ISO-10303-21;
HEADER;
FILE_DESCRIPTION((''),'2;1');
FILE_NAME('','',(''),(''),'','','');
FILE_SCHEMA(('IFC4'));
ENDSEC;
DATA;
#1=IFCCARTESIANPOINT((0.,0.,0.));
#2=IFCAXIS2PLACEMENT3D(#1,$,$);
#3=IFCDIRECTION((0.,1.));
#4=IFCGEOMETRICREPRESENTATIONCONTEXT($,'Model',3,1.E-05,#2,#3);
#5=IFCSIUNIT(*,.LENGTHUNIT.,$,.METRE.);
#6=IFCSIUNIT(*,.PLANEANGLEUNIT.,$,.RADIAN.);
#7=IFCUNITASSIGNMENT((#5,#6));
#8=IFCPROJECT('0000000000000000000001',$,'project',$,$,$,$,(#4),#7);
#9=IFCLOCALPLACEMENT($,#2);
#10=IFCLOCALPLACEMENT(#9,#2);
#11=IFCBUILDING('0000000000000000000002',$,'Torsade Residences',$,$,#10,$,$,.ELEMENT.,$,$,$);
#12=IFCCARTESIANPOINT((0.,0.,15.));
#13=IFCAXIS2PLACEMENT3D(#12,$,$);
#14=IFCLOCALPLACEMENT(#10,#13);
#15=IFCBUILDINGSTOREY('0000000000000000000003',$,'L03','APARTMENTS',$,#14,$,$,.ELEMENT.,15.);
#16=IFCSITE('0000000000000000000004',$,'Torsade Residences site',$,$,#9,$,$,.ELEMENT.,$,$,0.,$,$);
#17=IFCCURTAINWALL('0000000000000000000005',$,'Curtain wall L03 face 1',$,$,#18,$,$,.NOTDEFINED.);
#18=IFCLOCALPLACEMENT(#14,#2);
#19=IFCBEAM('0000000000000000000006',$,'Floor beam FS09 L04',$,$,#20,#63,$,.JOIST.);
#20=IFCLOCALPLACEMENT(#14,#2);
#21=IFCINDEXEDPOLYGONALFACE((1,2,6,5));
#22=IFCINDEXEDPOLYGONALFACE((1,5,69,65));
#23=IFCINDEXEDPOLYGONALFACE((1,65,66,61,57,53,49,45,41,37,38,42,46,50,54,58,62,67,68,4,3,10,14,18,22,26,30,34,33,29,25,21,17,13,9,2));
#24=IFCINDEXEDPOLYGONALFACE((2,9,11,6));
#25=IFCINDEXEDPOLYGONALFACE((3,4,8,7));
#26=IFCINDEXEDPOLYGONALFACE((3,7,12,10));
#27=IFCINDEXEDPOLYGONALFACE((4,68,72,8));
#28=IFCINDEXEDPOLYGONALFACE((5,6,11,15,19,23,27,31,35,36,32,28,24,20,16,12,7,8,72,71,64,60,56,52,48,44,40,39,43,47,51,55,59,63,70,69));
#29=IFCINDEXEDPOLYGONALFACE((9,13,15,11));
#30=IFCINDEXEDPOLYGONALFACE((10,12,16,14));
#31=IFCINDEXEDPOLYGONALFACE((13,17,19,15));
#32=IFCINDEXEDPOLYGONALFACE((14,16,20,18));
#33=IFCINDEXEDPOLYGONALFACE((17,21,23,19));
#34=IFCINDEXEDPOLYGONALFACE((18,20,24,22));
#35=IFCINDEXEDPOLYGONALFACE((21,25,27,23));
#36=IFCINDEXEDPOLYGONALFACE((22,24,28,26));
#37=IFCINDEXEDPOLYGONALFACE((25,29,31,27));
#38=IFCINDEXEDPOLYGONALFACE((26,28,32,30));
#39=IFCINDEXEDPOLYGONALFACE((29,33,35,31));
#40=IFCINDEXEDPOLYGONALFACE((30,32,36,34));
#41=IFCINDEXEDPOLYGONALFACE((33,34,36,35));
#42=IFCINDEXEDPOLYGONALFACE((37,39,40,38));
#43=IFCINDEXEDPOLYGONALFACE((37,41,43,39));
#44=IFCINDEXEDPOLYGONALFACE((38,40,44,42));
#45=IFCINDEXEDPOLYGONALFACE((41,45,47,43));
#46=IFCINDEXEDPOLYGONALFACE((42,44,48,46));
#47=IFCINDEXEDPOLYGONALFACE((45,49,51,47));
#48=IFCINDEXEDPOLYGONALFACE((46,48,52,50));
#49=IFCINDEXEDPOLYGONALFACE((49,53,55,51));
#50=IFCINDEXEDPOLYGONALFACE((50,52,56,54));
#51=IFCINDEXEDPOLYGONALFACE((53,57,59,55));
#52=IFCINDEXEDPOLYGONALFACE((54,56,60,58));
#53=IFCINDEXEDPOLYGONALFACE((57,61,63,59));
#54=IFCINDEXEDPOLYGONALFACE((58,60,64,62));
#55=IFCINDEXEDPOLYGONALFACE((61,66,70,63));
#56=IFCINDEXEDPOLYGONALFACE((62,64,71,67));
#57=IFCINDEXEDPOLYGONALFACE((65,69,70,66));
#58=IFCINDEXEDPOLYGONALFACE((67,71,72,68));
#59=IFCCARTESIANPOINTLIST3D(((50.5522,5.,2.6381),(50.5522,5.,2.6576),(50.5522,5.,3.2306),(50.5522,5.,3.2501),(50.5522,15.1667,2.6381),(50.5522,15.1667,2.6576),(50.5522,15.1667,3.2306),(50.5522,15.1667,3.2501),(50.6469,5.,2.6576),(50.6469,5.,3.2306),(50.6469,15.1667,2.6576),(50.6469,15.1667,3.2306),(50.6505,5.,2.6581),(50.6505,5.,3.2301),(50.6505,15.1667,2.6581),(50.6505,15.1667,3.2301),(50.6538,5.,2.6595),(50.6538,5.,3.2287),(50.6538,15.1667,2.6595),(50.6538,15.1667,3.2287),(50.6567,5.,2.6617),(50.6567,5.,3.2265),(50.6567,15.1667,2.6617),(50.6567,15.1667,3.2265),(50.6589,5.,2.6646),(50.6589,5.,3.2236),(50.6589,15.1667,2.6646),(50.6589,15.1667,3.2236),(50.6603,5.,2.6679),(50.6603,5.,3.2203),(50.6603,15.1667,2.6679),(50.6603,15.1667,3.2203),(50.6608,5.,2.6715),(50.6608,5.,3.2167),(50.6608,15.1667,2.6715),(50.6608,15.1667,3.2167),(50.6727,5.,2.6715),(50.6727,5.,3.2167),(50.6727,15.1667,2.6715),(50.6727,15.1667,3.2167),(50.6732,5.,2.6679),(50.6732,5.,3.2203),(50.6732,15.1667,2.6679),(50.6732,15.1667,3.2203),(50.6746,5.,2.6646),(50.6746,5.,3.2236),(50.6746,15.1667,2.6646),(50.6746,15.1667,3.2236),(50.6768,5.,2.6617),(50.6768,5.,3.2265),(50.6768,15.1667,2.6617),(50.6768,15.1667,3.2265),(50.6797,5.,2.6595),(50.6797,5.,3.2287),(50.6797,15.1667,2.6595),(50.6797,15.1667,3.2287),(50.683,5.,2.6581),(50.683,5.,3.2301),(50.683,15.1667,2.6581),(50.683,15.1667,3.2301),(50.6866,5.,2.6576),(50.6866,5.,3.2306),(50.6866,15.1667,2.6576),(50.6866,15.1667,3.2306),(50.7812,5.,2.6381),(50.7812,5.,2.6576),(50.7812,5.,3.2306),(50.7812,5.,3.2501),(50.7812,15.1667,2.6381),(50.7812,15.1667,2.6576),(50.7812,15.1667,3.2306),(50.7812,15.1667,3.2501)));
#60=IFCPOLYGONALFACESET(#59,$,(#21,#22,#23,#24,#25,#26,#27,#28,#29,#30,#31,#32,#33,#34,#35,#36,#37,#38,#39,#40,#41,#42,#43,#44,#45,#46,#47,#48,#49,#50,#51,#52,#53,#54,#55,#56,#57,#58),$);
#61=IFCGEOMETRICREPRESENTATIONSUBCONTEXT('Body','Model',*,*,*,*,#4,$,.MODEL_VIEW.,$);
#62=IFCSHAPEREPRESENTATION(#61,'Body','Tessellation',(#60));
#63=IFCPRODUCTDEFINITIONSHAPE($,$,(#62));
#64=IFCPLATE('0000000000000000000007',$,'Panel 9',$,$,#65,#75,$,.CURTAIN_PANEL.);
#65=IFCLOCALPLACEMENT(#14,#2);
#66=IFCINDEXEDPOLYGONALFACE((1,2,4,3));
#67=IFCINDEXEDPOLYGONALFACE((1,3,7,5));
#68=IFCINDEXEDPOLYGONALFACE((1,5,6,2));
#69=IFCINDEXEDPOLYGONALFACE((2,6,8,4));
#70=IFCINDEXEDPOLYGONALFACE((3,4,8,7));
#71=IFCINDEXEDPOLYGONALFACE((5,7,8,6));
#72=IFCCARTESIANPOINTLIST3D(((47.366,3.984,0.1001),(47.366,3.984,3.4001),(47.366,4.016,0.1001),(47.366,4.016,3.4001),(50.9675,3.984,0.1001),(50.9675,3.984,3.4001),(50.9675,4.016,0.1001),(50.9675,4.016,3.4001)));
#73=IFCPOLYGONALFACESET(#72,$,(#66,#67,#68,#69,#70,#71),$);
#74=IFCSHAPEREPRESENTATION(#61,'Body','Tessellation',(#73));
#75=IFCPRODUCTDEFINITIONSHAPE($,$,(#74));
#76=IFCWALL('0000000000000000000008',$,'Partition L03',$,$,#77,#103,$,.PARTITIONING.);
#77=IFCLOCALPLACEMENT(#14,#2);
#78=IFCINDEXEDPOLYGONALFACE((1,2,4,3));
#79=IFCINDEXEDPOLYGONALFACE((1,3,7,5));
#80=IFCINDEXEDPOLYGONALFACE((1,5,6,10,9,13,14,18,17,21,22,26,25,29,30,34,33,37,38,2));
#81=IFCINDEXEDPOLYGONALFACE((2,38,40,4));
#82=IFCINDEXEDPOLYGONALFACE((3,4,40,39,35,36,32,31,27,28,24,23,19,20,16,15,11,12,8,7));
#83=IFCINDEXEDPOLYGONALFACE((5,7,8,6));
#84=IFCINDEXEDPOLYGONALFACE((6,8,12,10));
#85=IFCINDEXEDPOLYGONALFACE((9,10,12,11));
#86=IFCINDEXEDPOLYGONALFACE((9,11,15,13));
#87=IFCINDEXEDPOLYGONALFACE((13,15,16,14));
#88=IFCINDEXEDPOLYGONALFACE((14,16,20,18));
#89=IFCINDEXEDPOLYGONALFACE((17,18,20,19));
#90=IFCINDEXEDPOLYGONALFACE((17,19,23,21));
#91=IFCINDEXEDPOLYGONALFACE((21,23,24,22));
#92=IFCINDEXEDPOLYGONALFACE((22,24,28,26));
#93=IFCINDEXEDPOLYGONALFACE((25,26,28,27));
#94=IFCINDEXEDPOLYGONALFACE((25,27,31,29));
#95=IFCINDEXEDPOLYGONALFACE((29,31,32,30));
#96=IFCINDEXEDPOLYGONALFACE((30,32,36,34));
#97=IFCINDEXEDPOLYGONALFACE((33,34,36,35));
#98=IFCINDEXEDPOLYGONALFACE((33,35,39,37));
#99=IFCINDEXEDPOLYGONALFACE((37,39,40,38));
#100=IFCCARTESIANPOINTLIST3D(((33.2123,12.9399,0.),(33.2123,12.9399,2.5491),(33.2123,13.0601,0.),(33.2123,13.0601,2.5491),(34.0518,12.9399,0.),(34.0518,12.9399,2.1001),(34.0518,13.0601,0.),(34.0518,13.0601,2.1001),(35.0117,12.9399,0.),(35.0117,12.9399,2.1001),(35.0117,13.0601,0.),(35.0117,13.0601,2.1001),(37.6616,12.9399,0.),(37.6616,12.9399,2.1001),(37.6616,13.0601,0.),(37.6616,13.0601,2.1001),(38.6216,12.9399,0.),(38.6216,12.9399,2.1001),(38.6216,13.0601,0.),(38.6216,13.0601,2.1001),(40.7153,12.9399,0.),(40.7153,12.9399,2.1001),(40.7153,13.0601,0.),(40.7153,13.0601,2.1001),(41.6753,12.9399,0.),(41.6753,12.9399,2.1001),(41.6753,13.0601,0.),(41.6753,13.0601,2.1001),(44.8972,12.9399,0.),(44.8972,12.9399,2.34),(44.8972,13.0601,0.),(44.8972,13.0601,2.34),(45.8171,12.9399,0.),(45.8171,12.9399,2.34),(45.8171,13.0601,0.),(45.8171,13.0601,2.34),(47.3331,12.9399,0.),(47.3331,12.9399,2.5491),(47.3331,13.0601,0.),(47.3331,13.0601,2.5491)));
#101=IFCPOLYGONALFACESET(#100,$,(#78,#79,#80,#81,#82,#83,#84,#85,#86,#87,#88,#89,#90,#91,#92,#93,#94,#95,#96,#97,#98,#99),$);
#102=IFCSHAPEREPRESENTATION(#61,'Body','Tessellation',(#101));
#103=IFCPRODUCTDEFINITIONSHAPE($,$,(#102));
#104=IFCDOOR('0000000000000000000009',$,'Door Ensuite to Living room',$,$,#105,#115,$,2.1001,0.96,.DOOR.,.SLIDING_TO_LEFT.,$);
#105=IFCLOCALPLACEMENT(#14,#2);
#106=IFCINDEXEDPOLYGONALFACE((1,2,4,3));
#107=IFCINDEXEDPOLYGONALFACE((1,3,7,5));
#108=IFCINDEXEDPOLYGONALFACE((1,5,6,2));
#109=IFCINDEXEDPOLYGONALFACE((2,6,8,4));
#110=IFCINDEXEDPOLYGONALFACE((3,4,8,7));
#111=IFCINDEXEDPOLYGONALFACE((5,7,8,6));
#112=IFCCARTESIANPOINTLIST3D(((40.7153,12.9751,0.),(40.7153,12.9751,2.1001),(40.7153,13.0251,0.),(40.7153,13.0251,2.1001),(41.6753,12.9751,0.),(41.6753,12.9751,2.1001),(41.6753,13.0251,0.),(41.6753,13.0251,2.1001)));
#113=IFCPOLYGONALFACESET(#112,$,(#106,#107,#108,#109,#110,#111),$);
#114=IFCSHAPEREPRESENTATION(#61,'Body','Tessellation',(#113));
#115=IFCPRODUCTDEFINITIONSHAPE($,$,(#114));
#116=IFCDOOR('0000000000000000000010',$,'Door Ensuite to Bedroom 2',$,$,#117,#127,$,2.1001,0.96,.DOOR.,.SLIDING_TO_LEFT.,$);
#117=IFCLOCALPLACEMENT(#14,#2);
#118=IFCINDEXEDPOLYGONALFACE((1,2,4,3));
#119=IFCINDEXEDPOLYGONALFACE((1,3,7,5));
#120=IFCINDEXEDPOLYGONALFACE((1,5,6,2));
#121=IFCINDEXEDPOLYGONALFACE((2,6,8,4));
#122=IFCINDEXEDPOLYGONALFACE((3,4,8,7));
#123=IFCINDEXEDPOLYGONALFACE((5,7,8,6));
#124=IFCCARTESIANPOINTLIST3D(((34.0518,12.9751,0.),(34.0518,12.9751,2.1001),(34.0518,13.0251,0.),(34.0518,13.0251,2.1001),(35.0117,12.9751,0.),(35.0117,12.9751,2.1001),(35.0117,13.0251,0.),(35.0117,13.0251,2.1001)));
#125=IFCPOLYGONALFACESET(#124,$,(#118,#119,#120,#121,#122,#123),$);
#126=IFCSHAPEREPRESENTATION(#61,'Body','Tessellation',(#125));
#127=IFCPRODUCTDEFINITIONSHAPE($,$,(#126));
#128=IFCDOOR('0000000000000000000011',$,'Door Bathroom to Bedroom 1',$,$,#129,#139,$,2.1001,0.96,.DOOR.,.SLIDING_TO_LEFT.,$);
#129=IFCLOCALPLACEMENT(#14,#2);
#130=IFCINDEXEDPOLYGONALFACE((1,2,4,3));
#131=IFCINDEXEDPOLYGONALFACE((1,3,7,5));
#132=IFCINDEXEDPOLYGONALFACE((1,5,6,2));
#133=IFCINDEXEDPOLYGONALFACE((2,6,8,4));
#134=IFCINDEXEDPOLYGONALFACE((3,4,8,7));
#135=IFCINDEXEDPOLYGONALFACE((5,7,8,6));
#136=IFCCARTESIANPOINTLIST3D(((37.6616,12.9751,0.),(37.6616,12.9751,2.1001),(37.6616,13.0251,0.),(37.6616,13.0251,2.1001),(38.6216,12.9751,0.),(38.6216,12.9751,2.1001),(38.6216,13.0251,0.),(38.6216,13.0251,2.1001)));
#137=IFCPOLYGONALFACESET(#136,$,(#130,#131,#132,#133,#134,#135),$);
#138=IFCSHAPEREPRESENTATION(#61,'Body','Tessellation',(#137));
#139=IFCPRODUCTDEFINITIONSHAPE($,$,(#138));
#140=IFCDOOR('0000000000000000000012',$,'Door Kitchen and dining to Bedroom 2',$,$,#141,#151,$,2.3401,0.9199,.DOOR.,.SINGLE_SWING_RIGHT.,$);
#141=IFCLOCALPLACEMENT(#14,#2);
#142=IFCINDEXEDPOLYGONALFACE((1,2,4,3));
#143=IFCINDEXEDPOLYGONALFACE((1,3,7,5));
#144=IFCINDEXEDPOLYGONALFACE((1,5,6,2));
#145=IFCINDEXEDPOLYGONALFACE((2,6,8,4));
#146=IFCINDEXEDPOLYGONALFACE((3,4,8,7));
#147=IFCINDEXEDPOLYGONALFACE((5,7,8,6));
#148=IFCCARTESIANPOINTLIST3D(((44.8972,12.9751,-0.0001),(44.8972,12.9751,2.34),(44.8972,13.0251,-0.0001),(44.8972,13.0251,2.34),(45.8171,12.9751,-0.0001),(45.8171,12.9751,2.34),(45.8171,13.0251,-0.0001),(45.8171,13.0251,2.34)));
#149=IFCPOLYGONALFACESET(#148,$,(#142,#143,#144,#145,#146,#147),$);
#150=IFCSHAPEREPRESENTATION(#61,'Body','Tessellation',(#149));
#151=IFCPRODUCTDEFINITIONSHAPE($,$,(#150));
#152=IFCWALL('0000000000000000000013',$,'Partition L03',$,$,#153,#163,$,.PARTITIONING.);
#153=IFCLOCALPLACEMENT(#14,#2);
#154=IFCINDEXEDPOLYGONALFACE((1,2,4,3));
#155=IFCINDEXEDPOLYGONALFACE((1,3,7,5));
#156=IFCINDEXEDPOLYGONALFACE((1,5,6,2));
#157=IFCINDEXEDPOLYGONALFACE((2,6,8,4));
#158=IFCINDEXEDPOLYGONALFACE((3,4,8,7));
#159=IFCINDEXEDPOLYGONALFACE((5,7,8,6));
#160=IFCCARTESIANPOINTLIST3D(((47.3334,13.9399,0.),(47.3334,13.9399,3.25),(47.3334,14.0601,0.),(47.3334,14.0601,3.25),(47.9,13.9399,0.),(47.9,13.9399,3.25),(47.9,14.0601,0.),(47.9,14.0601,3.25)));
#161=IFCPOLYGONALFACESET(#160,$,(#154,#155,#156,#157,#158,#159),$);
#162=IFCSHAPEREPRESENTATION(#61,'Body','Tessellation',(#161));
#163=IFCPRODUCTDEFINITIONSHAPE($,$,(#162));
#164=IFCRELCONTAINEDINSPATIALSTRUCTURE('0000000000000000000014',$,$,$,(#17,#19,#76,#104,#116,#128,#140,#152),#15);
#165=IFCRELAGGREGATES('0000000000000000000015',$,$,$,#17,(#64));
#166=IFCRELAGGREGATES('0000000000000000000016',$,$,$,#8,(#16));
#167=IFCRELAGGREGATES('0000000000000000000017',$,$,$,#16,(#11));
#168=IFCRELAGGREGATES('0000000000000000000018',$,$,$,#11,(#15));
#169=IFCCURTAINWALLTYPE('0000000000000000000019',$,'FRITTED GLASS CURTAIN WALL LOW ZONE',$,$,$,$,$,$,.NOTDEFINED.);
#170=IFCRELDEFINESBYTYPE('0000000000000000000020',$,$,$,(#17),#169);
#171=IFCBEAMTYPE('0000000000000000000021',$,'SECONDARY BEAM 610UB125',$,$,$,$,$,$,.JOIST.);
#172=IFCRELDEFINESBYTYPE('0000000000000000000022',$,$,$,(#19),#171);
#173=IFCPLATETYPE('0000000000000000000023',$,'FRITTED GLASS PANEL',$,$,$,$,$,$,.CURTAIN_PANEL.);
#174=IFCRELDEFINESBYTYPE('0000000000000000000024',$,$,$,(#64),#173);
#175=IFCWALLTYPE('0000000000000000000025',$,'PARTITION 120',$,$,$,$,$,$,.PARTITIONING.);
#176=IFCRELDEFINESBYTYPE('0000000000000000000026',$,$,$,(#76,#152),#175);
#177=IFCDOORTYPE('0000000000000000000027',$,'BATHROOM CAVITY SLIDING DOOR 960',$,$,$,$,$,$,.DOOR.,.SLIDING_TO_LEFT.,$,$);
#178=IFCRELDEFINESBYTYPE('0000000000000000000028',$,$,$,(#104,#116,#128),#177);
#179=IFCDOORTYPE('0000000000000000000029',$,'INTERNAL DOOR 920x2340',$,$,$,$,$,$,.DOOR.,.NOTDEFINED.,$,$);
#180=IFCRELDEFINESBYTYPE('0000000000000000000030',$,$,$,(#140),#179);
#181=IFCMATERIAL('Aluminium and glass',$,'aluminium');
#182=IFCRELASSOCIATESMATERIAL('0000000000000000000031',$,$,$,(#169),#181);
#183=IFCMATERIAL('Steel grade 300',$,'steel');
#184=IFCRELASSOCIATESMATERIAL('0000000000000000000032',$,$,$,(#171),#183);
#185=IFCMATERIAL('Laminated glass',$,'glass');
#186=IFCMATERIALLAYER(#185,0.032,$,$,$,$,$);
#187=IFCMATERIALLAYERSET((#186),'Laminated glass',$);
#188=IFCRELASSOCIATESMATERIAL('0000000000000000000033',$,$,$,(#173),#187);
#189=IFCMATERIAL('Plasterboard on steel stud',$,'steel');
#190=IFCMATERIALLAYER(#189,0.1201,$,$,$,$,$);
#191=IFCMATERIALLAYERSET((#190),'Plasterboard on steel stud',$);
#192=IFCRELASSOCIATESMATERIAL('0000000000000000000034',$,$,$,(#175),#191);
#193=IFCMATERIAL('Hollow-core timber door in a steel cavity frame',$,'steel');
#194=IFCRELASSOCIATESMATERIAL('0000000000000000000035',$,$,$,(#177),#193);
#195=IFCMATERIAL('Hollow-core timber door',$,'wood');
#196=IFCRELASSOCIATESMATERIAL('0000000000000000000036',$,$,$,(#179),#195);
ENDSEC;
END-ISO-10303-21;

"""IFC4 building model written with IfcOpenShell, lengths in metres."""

from ifc_helpers import new_model, si_unit, direction, frame, frame_2d, origin, origin_2d, place, context, subcontext, project, spatial, rectangle, i_section, extrude, material, layer, layer_set, material_profile, profile_set, type_object, element, fill, aggregate, save


model = new_model("IFC4")

# Units and contexts
model_context = context("Model", 3, precision=1e-05, world=origin(), true_north=direction((0.0, 1.0)))
body_context = subcontext(model_context, "Body", "Model", "MODEL_VIEW")
ifc_project = project(units=[si_unit("LENGTHUNIT", "METRE"), si_unit("PLANEANGLEUNIT", "RADIAN")], contexts=[model_context])

# Site, building, storey
site_placement = place(None, origin())
site = spatial("IfcSite", under=ifc_project, at=site_placement, Name="Torsade Residences site", CompositionType="ELEMENT", RefElevation=0.0)
building_placement = place(site_placement, origin())
building = spatial("IfcBuilding", under=site, at=building_placement, Name="Torsade Residences", CompositionType="ELEMENT")
storey_placement = place(building_placement, frame((0.0, 0.0, 15.0)))
storey = spatial("IfcBuildingStorey", under=building, at=storey_placement, Name="L03", Description="APARTMENTS", CompositionType="ELEMENT", Elevation=15.0)

# Curtain wall
ifc_material_1 = material(Name="Aluminium and glass", Category="aluminium")
curtain_wall_type = type_object("IfcCurtainWallType", Name="FRITTED GLASS CURTAIN WALL LOW ZONE", PredefinedType="NOTDEFINED", material=ifc_material_1)
curtain_wall_placement = place(storey_placement, origin())
curtain_wall = element("IfcCurtainWall", 1, at=curtain_wall_placement, inside=storey, type_object=curtain_wall_type, Name="Curtain wall L03 face 1", PredefinedType="NOTDEFINED")

# Beam
ifc_material_2 = material(Name="Steel grade 300", Category="steel")
ifc_material_profile_1 = material_profile(ifc_material_2, i_section(OverallWidth=0.229, OverallDepth=0.6121, WebThickness=0.012, FlangeThickness=0.0195, FilletRadius=0.0139, at=origin_2d()), Name="610UB125")
ifc_profile_set_1 = profile_set([ifc_material_profile_1], Name="Steel grade 300")
beam_type_1 = type_object("IfcBeamType", Name="SECONDARY BEAM 610UB125", PredefinedType="JOIST", material=ifc_profile_set_1)
beam_1_placement = place(storey_placement, frame((50.6667, 5.0, 2.9441), z_axis=(0.0, 1.0, 0.0), x_axis=(-1.0, 0.0, 0.0)))
element("IfcBeam", 2, at=beam_1_placement, inside=storey, type_object=beam_type_1, Name="Floor beam FS09 L04", PredefinedType="JOIST", context=body_context, shape_type="SweptSolid", body=[
    extrude(i_section(OverallWidth=0.229, OverallDepth=0.6121, WebThickness=0.012, FlangeThickness=0.0195, FilletRadius=0.0139, at=origin_2d()), origin(), (0.0, 0.0, 1.0), 10.1667),
])

# Plate
ifc_material_3 = material(Name="Laminated glass", Category="glass")
ifc_layer_1 = layer(ifc_material_3, 0.032)
ifc_layer_set_1 = layer_set([ifc_layer_1], Name="Laminated glass")
plate_type = type_object("IfcPlateType", Name="FRITTED GLASS PANEL", PredefinedType="CURTAIN_PANEL", material=ifc_layer_set_1)
plate_placement = place(storey_placement, frame((49.1667, 4.0, 0.1001), z_axis=(0.0, 0.0, 1.0), x_axis=(1.0, 0.0, 0.0)))
plate = element("IfcPlate", 3, at=plate_placement, type_object=plate_type, Name="Panel 9", PredefinedType="CURTAIN_PANEL", context=body_context, shape_type="SweptSolid", body=[
    extrude(rectangle(XDim=3.6016, YDim=0.032, at=origin_2d()), origin(), (0.0, 0.0, 1.0), 3.3),
])
aggregate(curtain_wall, [plate])

# Wall, openings, doors
ifc_material_4 = material(Name="Plasterboard on steel stud", Category="steel")
ifc_layer_2 = layer(ifc_material_4, 0.1201)
ifc_layer_set_2 = layer_set([ifc_layer_2], Name="Plasterboard on steel stud")
wall_type_1 = type_object("IfcWallType", Name="PARTITION 120", PredefinedType="PARTITIONING", material=ifc_layer_set_2)
wall_1_placement = place(storey_placement, frame((47.3333, 13.0, 0.0), z_axis=(0.0, 0.0, 1.0), x_axis=(-1.0, 0.0, 0.0)))
wall_1 = element("IfcWall", 4, at=wall_1_placement, inside=storey, type_object=wall_type_1, Name="Partition L03", PredefinedType="PARTITIONING", context=body_context, shape_type="SweptSolid", body=[
    extrude(rectangle(XDim=14.1208, YDim=0.1201, at=frame_2d((7.0605, 0.0))), origin(), (0.0, 0.0, 1.0), 2.5491),
])
opening_1_placement = place(wall_1_placement, frame((1.5161, 0.0, 0.0)))
opening_1 = element("IfcOpeningElement", 5, at=opening_1_placement, cuts=wall_1, PredefinedType="OPENING", context=body_context, shape_type="SweptSolid", body=[
    extrude(rectangle(XDim=0.9199, YDim=2.3401, at=frame_2d((0.46, 1.1699))), frame((0.0, 0.0701, 0.0), z_axis=(0.0, -1.0, 0.0), x_axis=(1.0, 0.0, 0.0)), (0.0, 0.0, 1.0), 0.1401),
])
opening_2_placement = place(wall_1_placement, frame((5.658, 0.0, 0.0)))
opening_2 = element("IfcOpeningElement", 6, at=opening_2_placement, cuts=wall_1, PredefinedType="OPENING", context=body_context, shape_type="SweptSolid", body=[
    extrude(rectangle(XDim=0.96, YDim=2.1001, at=frame_2d((0.48, 1.05))), frame((0.0, 0.0701, 0.0), z_axis=(0.0, -1.0, 0.0), x_axis=(1.0, 0.0, 0.0)), (0.0, 0.0, 1.0), 0.1401),
])
opening_3_placement = place(wall_1_placement, frame((12.3215, 0.0, 0.0)))
opening_3 = element("IfcOpeningElement", 7, at=opening_3_placement, cuts=wall_1, PredefinedType="OPENING", context=body_context, shape_type="SweptSolid", body=[
    extrude(rectangle(XDim=0.96, YDim=2.1001, at=frame_2d((0.48, 1.05))), frame((0.0, 0.0701, 0.0), z_axis=(0.0, -1.0, 0.0), x_axis=(1.0, 0.0, 0.0)), (0.0, 0.0, 1.0), 0.1401),
])
opening_4_placement = place(wall_1_placement, frame((8.7117, 0.0, 0.0)))
opening_4 = element("IfcOpeningElement", 8, at=opening_4_placement, cuts=wall_1, PredefinedType="OPENING", context=body_context, shape_type="SweptSolid", body=[
    extrude(rectangle(XDim=0.96, YDim=2.1001, at=frame_2d((0.48, 1.05))), frame((0.0, 0.0701, 0.0), z_axis=(0.0, -1.0, 0.0), x_axis=(1.0, 0.0, 0.0)), (0.0, 0.0, 1.0), 0.1401),
])
ifc_material_5 = material(Name="Hollow-core timber door in a steel cavity frame", Category="steel")
door_type_1 = type_object("IfcDoorType", Name="BATHROOM CAVITY SLIDING DOOR 960", OperationType="SLIDING_TO_LEFT", PredefinedType="DOOR", material=ifc_material_5)
door_1_placement = place(opening_2_placement, origin())
door_1 = element("IfcDoor", 9, at=door_1_placement, inside=storey, type_object=door_type_1, Name="Door Ensuite to Living room", OperationType="SLIDING_TO_LEFT", OverallHeight=2.1001, OverallWidth=0.96, PredefinedType="DOOR", context=body_context, shape_type="SweptSolid", body=[
    extrude(rectangle(XDim=0.96, YDim=2.1001, at=frame_2d((0.48, 1.05))), frame((0.0, 0.0249, 0.0), z_axis=(0.0, -1.0, 0.0), x_axis=(1.0, 0.0, 0.0)), (0.0, 0.0, 1.0), 0.05),
])
fill(opening_2, door_1)
door_2_placement = place(opening_3_placement, origin())
door_2 = element("IfcDoor", 10, at=door_2_placement, inside=storey, type_object=door_type_1, Name="Door Ensuite to Bedroom 2", OperationType="SLIDING_TO_LEFT", OverallHeight=2.1001, OverallWidth=0.96, PredefinedType="DOOR", context=body_context, shape_type="SweptSolid", body=[
    extrude(rectangle(XDim=0.96, YDim=2.1001, at=frame_2d((0.48, 1.05))), frame((0.0, 0.0249, 0.0), z_axis=(0.0, -1.0, 0.0), x_axis=(1.0, 0.0, 0.0)), (0.0, 0.0, 1.0), 0.05),
])
fill(opening_3, door_2)
door_3_placement = place(opening_4_placement, origin())
door_3 = element("IfcDoor", 11, at=door_3_placement, inside=storey, type_object=door_type_1, Name="Door Bathroom to Bedroom 1", OperationType="SLIDING_TO_LEFT", OverallHeight=2.1001, OverallWidth=0.96, PredefinedType="DOOR", context=body_context, shape_type="SweptSolid", body=[
    extrude(rectangle(XDim=0.96, YDim=2.1001, at=frame_2d((0.48, 1.05))), frame((0.0, 0.0249, 0.0), z_axis=(0.0, -1.0, 0.0), x_axis=(1.0, 0.0, 0.0)), (0.0, 0.0, 1.0), 0.05),
])
fill(opening_4, door_3)
ifc_material_6 = material(Name="Hollow-core timber door", Category="wood")
door_type_2 = type_object("IfcDoorType", Name="INTERNAL DOOR 920x2340", OperationType="NOTDEFINED", PredefinedType="DOOR", material=ifc_material_6)
door_4_placement = place(opening_1_placement, origin())
door_4 = element("IfcDoor", 12, at=door_4_placement, inside=storey, type_object=door_type_2, Name="Door Kitchen and dining to Bedroom 2", OperationType="SINGLE_SWING_RIGHT", OverallHeight=2.3401, OverallWidth=0.9199, PredefinedType="DOOR", context=body_context, shape_type="SweptSolid", body=[
    extrude(rectangle(XDim=0.9199, YDim=2.3401, at=frame_2d((0.46, 1.1699))), frame((0.0, 0.0249, 0.0), z_axis=(0.0, -1.0, 0.0), x_axis=(1.0, 0.0, 0.0)), (0.0, 0.0, 1.0), 0.05),
])
fill(opening_1, door_4)

# Wall
wall_2_placement = place(storey_placement, frame((47.8999, 14.0, 0.0), z_axis=(0.0, 0.0, 1.0), x_axis=(-1.0, 0.0, 0.0)))
element("IfcWall", 13, at=wall_2_placement, inside=storey, type_object=wall_type_1, Name="Partition L03", PredefinedType="PARTITIONING", context=body_context, shape_type="SweptSolid", body=[
    extrude(rectangle(XDim=0.5667, YDim=0.1201, at=frame_2d((0.2832, 0.0))), origin(), (0.0, 0.0, 1.0), 3.25),
])

save(model, "model.ifc")
